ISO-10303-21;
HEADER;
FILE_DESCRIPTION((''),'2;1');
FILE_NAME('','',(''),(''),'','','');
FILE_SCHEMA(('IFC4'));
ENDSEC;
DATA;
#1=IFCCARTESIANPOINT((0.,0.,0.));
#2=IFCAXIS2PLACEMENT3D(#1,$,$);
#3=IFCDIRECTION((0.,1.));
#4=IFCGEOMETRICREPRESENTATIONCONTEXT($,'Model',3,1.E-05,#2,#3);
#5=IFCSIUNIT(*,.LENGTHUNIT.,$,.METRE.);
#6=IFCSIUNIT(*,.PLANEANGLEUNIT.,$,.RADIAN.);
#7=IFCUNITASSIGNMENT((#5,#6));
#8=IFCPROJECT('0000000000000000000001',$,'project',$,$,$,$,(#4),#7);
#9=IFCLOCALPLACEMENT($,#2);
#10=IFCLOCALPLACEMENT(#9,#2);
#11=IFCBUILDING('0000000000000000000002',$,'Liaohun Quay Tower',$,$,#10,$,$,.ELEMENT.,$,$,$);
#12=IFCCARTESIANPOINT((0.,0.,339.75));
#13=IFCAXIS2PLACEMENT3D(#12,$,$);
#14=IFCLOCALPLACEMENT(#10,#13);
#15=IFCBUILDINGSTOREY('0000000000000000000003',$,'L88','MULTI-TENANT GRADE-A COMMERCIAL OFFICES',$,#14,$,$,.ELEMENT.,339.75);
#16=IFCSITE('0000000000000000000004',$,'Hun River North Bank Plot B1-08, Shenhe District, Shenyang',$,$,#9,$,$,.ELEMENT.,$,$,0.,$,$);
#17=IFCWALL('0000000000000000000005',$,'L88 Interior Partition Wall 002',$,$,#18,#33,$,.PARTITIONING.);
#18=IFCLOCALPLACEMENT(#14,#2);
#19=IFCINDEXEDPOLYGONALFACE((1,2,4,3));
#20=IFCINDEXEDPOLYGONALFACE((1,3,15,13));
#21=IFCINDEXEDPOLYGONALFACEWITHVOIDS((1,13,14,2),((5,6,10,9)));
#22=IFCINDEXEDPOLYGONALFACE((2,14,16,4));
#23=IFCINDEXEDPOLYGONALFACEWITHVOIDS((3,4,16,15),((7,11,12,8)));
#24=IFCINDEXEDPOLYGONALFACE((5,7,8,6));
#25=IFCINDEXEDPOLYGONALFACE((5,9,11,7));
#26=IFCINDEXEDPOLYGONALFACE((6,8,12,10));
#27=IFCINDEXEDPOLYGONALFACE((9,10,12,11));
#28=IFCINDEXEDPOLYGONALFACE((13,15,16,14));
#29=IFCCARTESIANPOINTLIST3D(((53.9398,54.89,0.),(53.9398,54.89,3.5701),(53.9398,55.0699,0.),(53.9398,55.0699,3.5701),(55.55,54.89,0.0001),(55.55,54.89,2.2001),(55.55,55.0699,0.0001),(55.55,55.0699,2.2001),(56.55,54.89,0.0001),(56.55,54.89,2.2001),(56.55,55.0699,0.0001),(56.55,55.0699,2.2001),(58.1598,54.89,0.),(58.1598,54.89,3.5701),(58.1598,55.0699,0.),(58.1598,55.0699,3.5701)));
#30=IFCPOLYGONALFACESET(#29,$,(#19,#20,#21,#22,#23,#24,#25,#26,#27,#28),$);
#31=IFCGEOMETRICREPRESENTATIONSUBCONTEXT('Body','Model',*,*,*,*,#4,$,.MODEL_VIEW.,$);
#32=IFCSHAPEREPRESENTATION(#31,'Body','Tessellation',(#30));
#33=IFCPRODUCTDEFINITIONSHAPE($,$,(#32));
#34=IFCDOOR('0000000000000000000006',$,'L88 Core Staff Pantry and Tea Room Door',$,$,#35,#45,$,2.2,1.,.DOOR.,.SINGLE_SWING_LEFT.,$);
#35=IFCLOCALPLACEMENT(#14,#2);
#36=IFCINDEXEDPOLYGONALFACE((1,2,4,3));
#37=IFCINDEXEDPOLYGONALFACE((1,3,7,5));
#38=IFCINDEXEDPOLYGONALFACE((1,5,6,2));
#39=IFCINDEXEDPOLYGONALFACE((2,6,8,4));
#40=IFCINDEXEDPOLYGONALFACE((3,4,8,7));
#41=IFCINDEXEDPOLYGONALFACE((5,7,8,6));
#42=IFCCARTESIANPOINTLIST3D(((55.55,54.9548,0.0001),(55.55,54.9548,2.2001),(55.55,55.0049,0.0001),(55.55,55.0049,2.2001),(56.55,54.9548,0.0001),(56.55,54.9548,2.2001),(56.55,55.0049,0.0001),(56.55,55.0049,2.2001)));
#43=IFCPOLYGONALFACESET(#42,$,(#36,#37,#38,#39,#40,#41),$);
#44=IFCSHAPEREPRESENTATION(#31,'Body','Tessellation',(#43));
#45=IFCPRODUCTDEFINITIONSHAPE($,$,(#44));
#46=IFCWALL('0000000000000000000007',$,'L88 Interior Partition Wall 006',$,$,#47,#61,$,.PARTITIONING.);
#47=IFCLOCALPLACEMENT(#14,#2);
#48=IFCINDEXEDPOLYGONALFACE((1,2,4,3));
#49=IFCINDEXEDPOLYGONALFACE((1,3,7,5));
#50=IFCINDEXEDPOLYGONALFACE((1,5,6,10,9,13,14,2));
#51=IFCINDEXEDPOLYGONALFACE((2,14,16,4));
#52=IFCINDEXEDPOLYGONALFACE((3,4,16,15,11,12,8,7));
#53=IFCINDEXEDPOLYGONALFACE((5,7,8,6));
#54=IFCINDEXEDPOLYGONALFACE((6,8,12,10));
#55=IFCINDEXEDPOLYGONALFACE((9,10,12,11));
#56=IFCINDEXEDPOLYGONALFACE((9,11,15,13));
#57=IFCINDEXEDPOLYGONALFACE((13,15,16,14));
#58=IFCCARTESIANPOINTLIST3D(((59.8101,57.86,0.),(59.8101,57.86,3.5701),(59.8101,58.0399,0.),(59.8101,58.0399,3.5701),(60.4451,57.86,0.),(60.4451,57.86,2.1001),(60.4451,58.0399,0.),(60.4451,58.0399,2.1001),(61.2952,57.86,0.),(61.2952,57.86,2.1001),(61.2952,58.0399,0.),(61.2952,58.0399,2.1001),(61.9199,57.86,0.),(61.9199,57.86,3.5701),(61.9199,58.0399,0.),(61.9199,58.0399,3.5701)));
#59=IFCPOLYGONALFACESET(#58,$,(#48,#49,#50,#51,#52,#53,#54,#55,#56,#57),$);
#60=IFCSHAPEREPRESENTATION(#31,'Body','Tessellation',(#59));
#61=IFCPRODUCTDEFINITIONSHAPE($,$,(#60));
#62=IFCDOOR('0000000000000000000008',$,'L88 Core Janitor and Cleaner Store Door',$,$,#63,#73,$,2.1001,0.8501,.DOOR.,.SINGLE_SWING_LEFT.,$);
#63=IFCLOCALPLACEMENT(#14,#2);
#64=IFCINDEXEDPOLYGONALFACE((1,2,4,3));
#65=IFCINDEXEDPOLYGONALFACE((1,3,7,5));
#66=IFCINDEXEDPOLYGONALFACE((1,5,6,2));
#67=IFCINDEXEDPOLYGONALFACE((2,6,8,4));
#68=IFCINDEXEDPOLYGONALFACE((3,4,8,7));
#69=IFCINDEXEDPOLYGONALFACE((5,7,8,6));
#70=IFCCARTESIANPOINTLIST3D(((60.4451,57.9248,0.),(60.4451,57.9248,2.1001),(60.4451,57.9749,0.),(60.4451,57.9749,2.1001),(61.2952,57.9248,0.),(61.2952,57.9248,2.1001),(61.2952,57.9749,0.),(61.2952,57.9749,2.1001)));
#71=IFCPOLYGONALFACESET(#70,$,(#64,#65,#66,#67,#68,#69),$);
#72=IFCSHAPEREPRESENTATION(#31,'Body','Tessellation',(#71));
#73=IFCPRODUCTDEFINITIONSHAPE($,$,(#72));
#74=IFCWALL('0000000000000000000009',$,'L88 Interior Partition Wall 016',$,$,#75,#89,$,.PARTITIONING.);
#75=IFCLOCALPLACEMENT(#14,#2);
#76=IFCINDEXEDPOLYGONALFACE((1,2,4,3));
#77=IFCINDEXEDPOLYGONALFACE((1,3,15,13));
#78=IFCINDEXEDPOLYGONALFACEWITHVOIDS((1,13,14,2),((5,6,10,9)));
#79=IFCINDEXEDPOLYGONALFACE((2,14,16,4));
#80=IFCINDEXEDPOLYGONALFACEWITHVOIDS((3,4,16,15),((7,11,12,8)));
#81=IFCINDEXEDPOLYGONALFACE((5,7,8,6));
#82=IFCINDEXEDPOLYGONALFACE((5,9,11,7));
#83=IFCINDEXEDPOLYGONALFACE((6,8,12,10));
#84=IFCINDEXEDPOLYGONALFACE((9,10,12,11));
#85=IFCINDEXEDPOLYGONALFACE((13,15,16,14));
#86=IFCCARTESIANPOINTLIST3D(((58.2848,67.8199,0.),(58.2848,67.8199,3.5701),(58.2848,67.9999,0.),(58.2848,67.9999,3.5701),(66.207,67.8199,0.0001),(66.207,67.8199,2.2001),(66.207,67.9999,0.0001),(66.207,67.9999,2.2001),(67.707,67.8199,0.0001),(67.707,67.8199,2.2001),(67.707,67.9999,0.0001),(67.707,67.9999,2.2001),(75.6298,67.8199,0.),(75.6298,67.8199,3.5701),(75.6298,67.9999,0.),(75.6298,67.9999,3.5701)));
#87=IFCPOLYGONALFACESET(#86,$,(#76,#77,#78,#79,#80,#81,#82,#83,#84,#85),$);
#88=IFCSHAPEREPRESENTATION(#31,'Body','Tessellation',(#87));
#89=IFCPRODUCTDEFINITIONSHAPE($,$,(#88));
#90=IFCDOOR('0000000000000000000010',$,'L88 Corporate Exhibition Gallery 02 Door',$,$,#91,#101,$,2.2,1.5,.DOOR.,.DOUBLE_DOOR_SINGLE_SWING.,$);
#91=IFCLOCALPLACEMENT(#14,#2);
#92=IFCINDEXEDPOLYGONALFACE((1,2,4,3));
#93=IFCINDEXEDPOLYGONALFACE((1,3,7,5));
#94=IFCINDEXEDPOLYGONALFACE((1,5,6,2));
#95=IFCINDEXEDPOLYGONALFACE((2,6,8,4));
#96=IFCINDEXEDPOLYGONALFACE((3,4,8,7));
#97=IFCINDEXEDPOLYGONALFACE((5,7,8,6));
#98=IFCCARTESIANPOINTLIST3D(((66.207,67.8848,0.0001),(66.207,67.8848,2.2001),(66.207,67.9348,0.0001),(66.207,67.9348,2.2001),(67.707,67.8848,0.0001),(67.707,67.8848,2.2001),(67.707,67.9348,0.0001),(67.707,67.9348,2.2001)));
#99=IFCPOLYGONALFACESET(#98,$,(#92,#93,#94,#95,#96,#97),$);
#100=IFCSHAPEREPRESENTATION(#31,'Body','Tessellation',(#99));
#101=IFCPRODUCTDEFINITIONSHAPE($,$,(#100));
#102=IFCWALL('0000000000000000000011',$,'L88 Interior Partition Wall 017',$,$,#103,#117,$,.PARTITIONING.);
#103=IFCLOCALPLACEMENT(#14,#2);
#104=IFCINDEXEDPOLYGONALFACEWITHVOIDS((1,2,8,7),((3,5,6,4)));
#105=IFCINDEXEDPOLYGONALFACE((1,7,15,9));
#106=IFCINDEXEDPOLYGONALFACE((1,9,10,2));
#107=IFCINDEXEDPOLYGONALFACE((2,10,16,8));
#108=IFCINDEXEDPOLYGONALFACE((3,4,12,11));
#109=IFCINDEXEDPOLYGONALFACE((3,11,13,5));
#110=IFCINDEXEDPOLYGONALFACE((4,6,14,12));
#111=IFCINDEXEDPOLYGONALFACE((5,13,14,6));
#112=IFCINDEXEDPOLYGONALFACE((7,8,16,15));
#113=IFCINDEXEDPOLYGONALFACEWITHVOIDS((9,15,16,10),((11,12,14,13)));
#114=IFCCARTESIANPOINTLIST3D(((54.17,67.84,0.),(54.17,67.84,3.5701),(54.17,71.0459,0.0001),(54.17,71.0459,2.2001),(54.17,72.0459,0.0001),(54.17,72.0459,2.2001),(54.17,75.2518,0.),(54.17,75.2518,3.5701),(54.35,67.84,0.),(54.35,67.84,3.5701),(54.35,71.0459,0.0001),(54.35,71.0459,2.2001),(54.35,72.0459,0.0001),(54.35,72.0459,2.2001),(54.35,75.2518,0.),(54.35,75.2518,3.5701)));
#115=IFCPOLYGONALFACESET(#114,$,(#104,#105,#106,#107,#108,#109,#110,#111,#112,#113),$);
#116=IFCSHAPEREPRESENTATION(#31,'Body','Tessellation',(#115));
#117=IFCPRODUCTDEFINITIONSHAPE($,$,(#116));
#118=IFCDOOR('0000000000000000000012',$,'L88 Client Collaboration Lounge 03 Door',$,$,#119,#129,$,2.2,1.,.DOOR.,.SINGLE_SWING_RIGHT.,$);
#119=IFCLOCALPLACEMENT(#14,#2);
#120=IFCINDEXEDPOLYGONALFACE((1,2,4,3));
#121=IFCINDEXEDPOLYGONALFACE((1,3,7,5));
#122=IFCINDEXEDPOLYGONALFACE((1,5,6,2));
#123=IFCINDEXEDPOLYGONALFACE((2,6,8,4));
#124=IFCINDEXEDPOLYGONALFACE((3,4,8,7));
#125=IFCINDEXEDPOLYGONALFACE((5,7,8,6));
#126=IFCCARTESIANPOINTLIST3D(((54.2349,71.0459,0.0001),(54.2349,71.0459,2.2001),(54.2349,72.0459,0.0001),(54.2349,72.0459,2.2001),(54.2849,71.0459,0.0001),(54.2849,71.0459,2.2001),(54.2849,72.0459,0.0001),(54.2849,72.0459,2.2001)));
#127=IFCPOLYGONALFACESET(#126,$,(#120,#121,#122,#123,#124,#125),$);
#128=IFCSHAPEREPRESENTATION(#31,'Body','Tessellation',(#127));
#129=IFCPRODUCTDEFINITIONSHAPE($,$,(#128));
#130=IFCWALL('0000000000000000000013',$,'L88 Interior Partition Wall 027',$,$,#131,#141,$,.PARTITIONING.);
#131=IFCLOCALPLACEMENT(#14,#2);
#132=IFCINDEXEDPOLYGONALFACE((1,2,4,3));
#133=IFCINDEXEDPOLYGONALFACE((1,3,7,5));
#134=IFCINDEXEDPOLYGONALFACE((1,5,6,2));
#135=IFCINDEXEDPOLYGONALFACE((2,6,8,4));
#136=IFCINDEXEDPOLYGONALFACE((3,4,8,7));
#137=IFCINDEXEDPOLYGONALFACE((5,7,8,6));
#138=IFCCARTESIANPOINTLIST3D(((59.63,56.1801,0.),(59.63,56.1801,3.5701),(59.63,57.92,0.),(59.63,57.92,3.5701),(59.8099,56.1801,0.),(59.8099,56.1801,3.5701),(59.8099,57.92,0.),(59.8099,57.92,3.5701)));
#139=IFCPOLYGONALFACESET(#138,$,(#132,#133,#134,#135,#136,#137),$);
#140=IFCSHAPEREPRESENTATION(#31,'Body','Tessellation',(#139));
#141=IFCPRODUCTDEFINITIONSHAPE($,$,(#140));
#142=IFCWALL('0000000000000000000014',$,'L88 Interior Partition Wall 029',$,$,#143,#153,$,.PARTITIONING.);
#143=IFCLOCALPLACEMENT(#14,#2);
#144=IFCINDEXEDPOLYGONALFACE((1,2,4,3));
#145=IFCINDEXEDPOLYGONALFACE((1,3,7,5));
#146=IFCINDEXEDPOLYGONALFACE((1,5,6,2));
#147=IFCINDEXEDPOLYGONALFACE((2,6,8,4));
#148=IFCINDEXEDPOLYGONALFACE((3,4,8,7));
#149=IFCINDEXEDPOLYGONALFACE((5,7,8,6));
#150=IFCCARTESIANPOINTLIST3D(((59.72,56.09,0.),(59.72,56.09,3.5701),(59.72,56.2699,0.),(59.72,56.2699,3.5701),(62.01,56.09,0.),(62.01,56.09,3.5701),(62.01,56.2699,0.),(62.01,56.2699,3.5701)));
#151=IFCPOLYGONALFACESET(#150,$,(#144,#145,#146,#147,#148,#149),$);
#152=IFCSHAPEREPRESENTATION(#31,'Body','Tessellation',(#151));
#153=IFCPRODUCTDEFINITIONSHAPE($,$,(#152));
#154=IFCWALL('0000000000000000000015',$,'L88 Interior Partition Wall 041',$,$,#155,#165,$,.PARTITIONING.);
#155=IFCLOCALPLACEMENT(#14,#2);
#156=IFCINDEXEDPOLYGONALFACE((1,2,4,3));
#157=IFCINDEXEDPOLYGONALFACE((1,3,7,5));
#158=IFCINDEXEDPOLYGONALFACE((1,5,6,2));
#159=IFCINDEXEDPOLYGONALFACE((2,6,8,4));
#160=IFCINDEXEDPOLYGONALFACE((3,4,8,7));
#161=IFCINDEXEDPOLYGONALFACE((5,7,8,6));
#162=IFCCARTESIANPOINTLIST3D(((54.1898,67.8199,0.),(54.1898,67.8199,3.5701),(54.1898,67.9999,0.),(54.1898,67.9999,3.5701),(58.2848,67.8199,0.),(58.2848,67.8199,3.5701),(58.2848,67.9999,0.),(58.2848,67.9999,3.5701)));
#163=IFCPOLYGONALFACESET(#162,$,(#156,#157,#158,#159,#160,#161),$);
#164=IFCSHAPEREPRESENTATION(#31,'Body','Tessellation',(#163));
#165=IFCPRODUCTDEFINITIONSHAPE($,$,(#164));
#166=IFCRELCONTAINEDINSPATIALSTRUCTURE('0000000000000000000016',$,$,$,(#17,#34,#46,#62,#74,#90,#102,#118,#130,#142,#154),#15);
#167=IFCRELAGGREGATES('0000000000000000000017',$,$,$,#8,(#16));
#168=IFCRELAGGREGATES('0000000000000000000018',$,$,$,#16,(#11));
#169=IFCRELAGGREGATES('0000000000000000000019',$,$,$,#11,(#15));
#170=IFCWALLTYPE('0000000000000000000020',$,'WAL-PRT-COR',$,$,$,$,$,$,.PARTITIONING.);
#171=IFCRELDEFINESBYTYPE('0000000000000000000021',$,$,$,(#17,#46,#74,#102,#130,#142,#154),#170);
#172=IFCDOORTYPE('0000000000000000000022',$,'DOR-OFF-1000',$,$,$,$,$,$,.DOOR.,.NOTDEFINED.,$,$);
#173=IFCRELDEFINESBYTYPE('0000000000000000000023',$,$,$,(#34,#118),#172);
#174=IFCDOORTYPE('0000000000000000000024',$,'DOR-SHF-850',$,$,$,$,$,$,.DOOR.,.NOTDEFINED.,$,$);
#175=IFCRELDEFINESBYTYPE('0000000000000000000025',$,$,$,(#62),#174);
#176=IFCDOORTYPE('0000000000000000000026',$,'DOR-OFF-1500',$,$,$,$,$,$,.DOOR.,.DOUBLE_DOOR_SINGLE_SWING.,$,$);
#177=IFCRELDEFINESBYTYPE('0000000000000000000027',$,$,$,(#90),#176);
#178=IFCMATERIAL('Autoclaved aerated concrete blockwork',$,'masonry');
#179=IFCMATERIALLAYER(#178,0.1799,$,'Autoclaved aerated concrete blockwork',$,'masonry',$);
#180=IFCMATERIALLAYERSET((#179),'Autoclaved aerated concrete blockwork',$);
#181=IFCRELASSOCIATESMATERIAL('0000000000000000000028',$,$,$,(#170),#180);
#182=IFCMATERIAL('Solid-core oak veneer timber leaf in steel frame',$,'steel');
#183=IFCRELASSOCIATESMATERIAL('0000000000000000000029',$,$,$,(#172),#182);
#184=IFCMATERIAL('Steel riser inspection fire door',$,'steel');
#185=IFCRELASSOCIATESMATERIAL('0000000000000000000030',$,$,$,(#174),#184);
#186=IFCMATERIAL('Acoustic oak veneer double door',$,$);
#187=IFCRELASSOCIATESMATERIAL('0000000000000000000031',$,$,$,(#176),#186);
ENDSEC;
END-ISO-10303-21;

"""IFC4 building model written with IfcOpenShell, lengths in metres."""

from ifc_helpers import new_model, si_unit, direction, frame, frame_2d, origin, place, context, subcontext, project, spatial, rectangle, extrude, source, transform, mapped, material, layer, layer_set, type_object, element, fill, save


model = new_model("IFC4")

# Units and contexts
model_context = context("Model", 3, precision=1e-05, world=origin(), true_north=direction((0.0, 1.0)))
body_context = subcontext(model_context, "Body", "Model", "MODEL_VIEW")
ifc_project = project(units=[si_unit("LENGTHUNIT", "METRE"), si_unit("PLANEANGLEUNIT", "RADIAN")], contexts=[model_context])

# Site, building, storey
site_placement = place(None, origin())
site = spatial("IfcSite", under=ifc_project, at=site_placement, Name="Hun River North Bank Plot B1-08, Shenhe District, Shenyang", CompositionType="ELEMENT", RefElevation=0.0)
building_placement = place(site_placement, origin())
building = spatial("IfcBuilding", under=site, at=building_placement, Name="Liaohun Quay Tower", CompositionType="ELEMENT")
storey_placement = place(building_placement, frame((0.0, 0.0, 339.75)))
storey = spatial("IfcBuildingStorey", under=building, at=storey_placement, Name="L88", Description="MULTI-TENANT GRADE-A COMMERCIAL OFFICES", CompositionType="ELEMENT", Elevation=339.75)

# Walls, openings, doors
ifc_material_1 = material(Name="Autoclaved aerated concrete blockwork", Category="masonry")
ifc_layer_1 = layer(ifc_material_1, 0.1799, Name="Autoclaved aerated concrete blockwork", Category="masonry")
ifc_layer_set_1 = layer_set([ifc_layer_1], Name="Autoclaved aerated concrete blockwork")
wall_type_1 = type_object("IfcWallType", Name="WAL-PRT-COR", PredefinedType="PARTITIONING", material=ifc_layer_set_1)
wall_1_placement = place(storey_placement, frame((53.9399, 54.98, 0.0), z_axis=(0.0, 0.0, 1.0), x_axis=(1.0, 0.0, 0.0)))
wall_1 = element("IfcWall", 1, at=wall_1_placement, inside=storey, type_object=wall_type_1, Name="L88 Interior Partition Wall 002", PredefinedType="PARTITIONING", context=body_context, shape_type="SweptSolid", body=[
    extrude(rectangle(XDim=4.22, YDim=0.1799, at=frame_2d((2.1099, 0.0))), origin(), (0.0, 0.0, 1.0), 3.5701),
])
shared_shape_1 = source(origin(), body_context, "Body", "SweptSolid", [
    extrude(rectangle(XDim=1.0, YDim=2.2, at=frame_2d((0.5, 1.1001))), frame((0.0, 0.0999, 0.0), z_axis=(0.0, -1.0, 0.0), x_axis=(1.0, 0.0, 0.0)), (0.0, 0.0, 1.0), 0.2),
])
opening_1_placement = place(wall_1_placement, frame((1.6101, 0.0, 0.0)))
opening_1 = element("IfcOpeningElement", 2, at=opening_1_placement, cuts=wall_1, PredefinedType="OPENING", context=body_context, shape_type="MappedRepresentation", body=[
    mapped(shared_shape_1, transform((0.0, 0.0, 0.0), x_axis=(1.0, 0.0, 0.0), y_axis=(0.0, 1.0, 0.0), z_axis=(0.0, 0.0, 1.0), scale=1.0)),
])
ifc_material_2 = material(Name="Solid-core oak veneer timber leaf in steel frame", Category="steel")
door_type_1 = type_object("IfcDoorType", Name="DOR-OFF-1000", OperationType="NOTDEFINED", PredefinedType="DOOR", material=ifc_material_2)
shared_shape_2 = source(origin(), body_context, "Body", "SweptSolid", [
    extrude(rectangle(XDim=1.0, YDim=2.2, at=frame_2d((0.5, 1.1001))), frame((0.0, 0.0249, 0.0), z_axis=(0.0, -1.0, 0.0), x_axis=(1.0, 0.0, 0.0)), (0.0, 0.0, 1.0), 0.05),
])
door_1_placement = place(opening_1_placement, origin())
door_1 = element("IfcDoor", 3, at=door_1_placement, inside=storey, type_object=door_type_1, Name="L88 Core Staff Pantry and Tea Room Door", OperationType="SINGLE_SWING_LEFT", OverallHeight=2.2, OverallWidth=1.0, PredefinedType="DOOR", context=body_context, shape_type="MappedRepresentation", body=[
    mapped(shared_shape_2, transform((0.0, 0.0, 0.0), x_axis=(1.0, 0.0, 0.0), y_axis=(0.0, 1.0, 0.0), z_axis=(0.0, 0.0, 1.0), scale=1.0)),
])
fill(opening_1, door_1)
wall_2_placement = place(storey_placement, frame((59.8101, 57.95, 0.0), z_axis=(0.0, 0.0, 1.0), x_axis=(1.0, 0.0, 0.0)))
wall_2 = element("IfcWall", 4, at=wall_2_placement, inside=storey, type_object=wall_type_1, Name="L88 Interior Partition Wall 006", PredefinedType="PARTITIONING", context=body_context, shape_type="SweptSolid", body=[
    extrude(rectangle(XDim=2.1099, YDim=0.1799, at=frame_2d((1.0549, 0.0))), origin(), (0.0, 0.0, 1.0), 3.5701),
])
shared_shape_3 = source(origin(), body_context, "Body", "SweptSolid", [
    extrude(rectangle(XDim=0.8501, YDim=2.1001, at=frame_2d((0.425, 1.05))), frame((0.0, 0.0999, 0.0), z_axis=(0.0, -1.0, 0.0), x_axis=(1.0, 0.0, 0.0)), (0.0, 0.0, 1.0), 0.2),
])
opening_2_placement = place(wall_2_placement, frame((0.635, 0.0, 0.0)))
opening_2 = element("IfcOpeningElement", 5, at=opening_2_placement, cuts=wall_2, PredefinedType="OPENING", context=body_context, shape_type="MappedRepresentation", body=[
    mapped(shared_shape_3, transform((0.0, 0.0, 0.0), x_axis=(1.0, 0.0, 0.0), y_axis=(0.0, 1.0, 0.0), z_axis=(0.0, 0.0, 1.0), scale=1.0)),
])
ifc_material_3 = material(Name="Steel riser inspection fire door", Category="steel")
door_type_2 = type_object("IfcDoorType", Name="DOR-SHF-850", OperationType="NOTDEFINED", PredefinedType="DOOR", material=ifc_material_3)
shared_shape_4 = source(origin(), body_context, "Body", "SweptSolid", [
    extrude(rectangle(XDim=0.8501, YDim=2.1001, at=frame_2d((0.425, 1.05))), frame((0.0, 0.0249, 0.0), z_axis=(0.0, -1.0, 0.0), x_axis=(1.0, 0.0, 0.0)), (0.0, 0.0, 1.0), 0.05),
])
door_2_placement = place(opening_2_placement, origin())
door_2 = element("IfcDoor", 6, at=door_2_placement, inside=storey, type_object=door_type_2, Name="L88 Core Janitor and Cleaner Store Door", OperationType="SINGLE_SWING_LEFT", OverallHeight=2.1001, OverallWidth=0.8501, PredefinedType="DOOR", context=body_context, shape_type="MappedRepresentation", body=[
    mapped(shared_shape_4, transform((0.0, 0.0, 0.0), x_axis=(1.0, 0.0, 0.0), y_axis=(0.0, 1.0, 0.0), z_axis=(0.0, 0.0, 1.0), scale=1.0)),
])
fill(opening_2, door_2)
wall_3_placement = place(storey_placement, frame((58.2849, 67.9099, 0.0), z_axis=(0.0, 0.0, 1.0), x_axis=(1.0, 0.0, 0.0)))
wall_3 = element("IfcWall", 7, at=wall_3_placement, inside=storey, type_object=wall_type_1, Name="L88 Interior Partition Wall 016", PredefinedType="PARTITIONING", context=body_context, shape_type="SweptSolid", body=[
    extrude(rectangle(XDim=17.345, YDim=0.1799, at=frame_2d((8.6724, 0.0))), origin(), (0.0, 0.0, 1.0), 3.5701),
])
shared_shape_5 = source(origin(), body_context, "Body", "SweptSolid", [
    extrude(rectangle(XDim=1.5, YDim=2.2, at=frame_2d((0.75, 1.1001))), frame((0.0, 0.0999, 0.0), z_axis=(0.0, -1.0, 0.0), x_axis=(1.0, 0.0, 0.0)), (0.0, 0.0, 1.0), 0.2),
])
opening_3_placement = place(wall_3_placement, frame((7.9221, 0.0, 0.0)))
opening_3 = element("IfcOpeningElement", 8, at=opening_3_placement, cuts=wall_3, PredefinedType="OPENING", context=body_context, shape_type="MappedRepresentation", body=[
    mapped(shared_shape_5, transform((0.0, 0.0, 0.0), x_axis=(1.0, 0.0, 0.0), y_axis=(0.0, 1.0, 0.0), z_axis=(0.0, 0.0, 1.0), scale=1.0)),
])
ifc_material_4 = material(Name="Acoustic oak veneer double door")
door_type_3 = type_object("IfcDoorType", Name="DOR-OFF-1500", OperationType="DOUBLE_DOOR_SINGLE_SWING", PredefinedType="DOOR", material=ifc_material_4)
shared_shape_6 = source(origin(), body_context, "Body", "SweptSolid", [
    extrude(rectangle(XDim=1.5, YDim=2.2, at=frame_2d((0.75, 1.1001))), frame((0.0, 0.0249, 0.0), z_axis=(0.0, -1.0, 0.0), x_axis=(1.0, 0.0, 0.0)), (0.0, 0.0, 1.0), 0.05),
])
door_3_placement = place(opening_3_placement, origin())
door_3 = element("IfcDoor", 9, at=door_3_placement, inside=storey, type_object=door_type_3, Name="L88 Corporate Exhibition Gallery 02 Door", OperationType="DOUBLE_DOOR_SINGLE_SWING", OverallHeight=2.2, OverallWidth=1.5, PredefinedType="DOOR", context=body_context, shape_type="MappedRepresentation", body=[
    mapped(shared_shape_6, transform((0.0, 0.0, 0.0), x_axis=(1.0, 0.0, 0.0), y_axis=(0.0, 1.0, 0.0), z_axis=(0.0, 0.0, 1.0), scale=1.0)),
])
fill(opening_3, door_3)
wall_4_placement = place(storey_placement, frame((54.26, 75.252, 0.0), z_axis=(0.0, 0.0, 1.0), x_axis=(0.0, -1.0, 0.0)))
wall_4 = element("IfcWall", 10, at=wall_4_placement, inside=storey, type_object=wall_type_1, Name="L88 Interior Partition Wall 017", PredefinedType="PARTITIONING", context=body_context, shape_type="SweptSolid", body=[
    extrude(rectangle(XDim=7.4119, YDim=0.1799, at=frame_2d((3.7061, 0.0))), origin(), (0.0, 0.0, 1.0), 3.5701),
])
opening_4_placement = place(wall_4_placement, frame((3.2061, 0.0, 0.0)))
opening_4 = element("IfcOpeningElement", 11, at=opening_4_placement, cuts=wall_4, PredefinedType="OPENING", context=body_context, shape_type="MappedRepresentation", body=[
    mapped(shared_shape_1, transform((0.0, 0.0, 0.0), x_axis=(1.0, 0.0, 0.0), y_axis=(0.0, 1.0, 0.0), z_axis=(0.0, 0.0, 1.0), scale=1.0)),
])
door_4_placement = place(opening_4_placement, origin())
door_4 = element("IfcDoor", 12, at=door_4_placement, inside=storey, type_object=door_type_1, Name="L88 Client Collaboration Lounge 03 Door", OperationType="SINGLE_SWING_RIGHT", OverallHeight=2.2, OverallWidth=1.0, PredefinedType="DOOR", context=body_context, shape_type="MappedRepresentation", body=[
    mapped(shared_shape_2, transform((0.0, 0.0, 0.0), x_axis=(1.0, 0.0, 0.0), y_axis=(0.0, 1.0, 0.0), z_axis=(0.0, 0.0, 1.0), scale=1.0)),
])
fill(opening_4, door_4)

# Walls
wall_5_placement = place(storey_placement, frame((59.72, 56.1799, 0.0), z_axis=(0.0, 0.0, 1.0), x_axis=(0.0, 1.0, 0.0)))
element("IfcWall", 13, at=wall_5_placement, inside=storey, type_object=wall_type_1, Name="L88 Interior Partition Wall 027", PredefinedType="PARTITIONING", context=body_context, shape_type="SweptSolid", body=[
    extrude(rectangle(XDim=1.74, YDim=0.1799, at=frame_2d((0.8701, 0.0))), origin(), (0.0, 0.0, 1.0), 3.5701),
])
wall_6_placement = place(storey_placement, frame((59.72, 56.1799, 0.0), z_axis=(0.0, 0.0, 1.0), x_axis=(1.0, 0.0, 0.0)))
element("IfcWall", 14, at=wall_6_placement, inside=storey, type_object=wall_type_1, Name="L88 Interior Partition Wall 029", PredefinedType="PARTITIONING", context=body_context, shape_type="SweptSolid", body=[
    extrude(rectangle(XDim=2.29, YDim=0.1799, at=frame_2d((1.145, 0.0))), origin(), (0.0, 0.0, 1.0), 3.5701),
])
wall_7_placement = place(storey_placement, frame((54.1899, 67.9099, 0.0), z_axis=(0.0, 0.0, 1.0), x_axis=(1.0, 0.0, 0.0)))
element("IfcWall", 15, at=wall_7_placement, inside=storey, type_object=wall_type_1, Name="L88 Interior Partition Wall 041", PredefinedType="PARTITIONING", context=body_context, shape_type="SweptSolid", body=[
    extrude(rectangle(XDim=4.095, YDim=0.1799, at=frame_2d((2.0474, 0.0))), origin(), (0.0, 0.0, 1.0), 3.5701),
])

save(model, "model.ifc")
